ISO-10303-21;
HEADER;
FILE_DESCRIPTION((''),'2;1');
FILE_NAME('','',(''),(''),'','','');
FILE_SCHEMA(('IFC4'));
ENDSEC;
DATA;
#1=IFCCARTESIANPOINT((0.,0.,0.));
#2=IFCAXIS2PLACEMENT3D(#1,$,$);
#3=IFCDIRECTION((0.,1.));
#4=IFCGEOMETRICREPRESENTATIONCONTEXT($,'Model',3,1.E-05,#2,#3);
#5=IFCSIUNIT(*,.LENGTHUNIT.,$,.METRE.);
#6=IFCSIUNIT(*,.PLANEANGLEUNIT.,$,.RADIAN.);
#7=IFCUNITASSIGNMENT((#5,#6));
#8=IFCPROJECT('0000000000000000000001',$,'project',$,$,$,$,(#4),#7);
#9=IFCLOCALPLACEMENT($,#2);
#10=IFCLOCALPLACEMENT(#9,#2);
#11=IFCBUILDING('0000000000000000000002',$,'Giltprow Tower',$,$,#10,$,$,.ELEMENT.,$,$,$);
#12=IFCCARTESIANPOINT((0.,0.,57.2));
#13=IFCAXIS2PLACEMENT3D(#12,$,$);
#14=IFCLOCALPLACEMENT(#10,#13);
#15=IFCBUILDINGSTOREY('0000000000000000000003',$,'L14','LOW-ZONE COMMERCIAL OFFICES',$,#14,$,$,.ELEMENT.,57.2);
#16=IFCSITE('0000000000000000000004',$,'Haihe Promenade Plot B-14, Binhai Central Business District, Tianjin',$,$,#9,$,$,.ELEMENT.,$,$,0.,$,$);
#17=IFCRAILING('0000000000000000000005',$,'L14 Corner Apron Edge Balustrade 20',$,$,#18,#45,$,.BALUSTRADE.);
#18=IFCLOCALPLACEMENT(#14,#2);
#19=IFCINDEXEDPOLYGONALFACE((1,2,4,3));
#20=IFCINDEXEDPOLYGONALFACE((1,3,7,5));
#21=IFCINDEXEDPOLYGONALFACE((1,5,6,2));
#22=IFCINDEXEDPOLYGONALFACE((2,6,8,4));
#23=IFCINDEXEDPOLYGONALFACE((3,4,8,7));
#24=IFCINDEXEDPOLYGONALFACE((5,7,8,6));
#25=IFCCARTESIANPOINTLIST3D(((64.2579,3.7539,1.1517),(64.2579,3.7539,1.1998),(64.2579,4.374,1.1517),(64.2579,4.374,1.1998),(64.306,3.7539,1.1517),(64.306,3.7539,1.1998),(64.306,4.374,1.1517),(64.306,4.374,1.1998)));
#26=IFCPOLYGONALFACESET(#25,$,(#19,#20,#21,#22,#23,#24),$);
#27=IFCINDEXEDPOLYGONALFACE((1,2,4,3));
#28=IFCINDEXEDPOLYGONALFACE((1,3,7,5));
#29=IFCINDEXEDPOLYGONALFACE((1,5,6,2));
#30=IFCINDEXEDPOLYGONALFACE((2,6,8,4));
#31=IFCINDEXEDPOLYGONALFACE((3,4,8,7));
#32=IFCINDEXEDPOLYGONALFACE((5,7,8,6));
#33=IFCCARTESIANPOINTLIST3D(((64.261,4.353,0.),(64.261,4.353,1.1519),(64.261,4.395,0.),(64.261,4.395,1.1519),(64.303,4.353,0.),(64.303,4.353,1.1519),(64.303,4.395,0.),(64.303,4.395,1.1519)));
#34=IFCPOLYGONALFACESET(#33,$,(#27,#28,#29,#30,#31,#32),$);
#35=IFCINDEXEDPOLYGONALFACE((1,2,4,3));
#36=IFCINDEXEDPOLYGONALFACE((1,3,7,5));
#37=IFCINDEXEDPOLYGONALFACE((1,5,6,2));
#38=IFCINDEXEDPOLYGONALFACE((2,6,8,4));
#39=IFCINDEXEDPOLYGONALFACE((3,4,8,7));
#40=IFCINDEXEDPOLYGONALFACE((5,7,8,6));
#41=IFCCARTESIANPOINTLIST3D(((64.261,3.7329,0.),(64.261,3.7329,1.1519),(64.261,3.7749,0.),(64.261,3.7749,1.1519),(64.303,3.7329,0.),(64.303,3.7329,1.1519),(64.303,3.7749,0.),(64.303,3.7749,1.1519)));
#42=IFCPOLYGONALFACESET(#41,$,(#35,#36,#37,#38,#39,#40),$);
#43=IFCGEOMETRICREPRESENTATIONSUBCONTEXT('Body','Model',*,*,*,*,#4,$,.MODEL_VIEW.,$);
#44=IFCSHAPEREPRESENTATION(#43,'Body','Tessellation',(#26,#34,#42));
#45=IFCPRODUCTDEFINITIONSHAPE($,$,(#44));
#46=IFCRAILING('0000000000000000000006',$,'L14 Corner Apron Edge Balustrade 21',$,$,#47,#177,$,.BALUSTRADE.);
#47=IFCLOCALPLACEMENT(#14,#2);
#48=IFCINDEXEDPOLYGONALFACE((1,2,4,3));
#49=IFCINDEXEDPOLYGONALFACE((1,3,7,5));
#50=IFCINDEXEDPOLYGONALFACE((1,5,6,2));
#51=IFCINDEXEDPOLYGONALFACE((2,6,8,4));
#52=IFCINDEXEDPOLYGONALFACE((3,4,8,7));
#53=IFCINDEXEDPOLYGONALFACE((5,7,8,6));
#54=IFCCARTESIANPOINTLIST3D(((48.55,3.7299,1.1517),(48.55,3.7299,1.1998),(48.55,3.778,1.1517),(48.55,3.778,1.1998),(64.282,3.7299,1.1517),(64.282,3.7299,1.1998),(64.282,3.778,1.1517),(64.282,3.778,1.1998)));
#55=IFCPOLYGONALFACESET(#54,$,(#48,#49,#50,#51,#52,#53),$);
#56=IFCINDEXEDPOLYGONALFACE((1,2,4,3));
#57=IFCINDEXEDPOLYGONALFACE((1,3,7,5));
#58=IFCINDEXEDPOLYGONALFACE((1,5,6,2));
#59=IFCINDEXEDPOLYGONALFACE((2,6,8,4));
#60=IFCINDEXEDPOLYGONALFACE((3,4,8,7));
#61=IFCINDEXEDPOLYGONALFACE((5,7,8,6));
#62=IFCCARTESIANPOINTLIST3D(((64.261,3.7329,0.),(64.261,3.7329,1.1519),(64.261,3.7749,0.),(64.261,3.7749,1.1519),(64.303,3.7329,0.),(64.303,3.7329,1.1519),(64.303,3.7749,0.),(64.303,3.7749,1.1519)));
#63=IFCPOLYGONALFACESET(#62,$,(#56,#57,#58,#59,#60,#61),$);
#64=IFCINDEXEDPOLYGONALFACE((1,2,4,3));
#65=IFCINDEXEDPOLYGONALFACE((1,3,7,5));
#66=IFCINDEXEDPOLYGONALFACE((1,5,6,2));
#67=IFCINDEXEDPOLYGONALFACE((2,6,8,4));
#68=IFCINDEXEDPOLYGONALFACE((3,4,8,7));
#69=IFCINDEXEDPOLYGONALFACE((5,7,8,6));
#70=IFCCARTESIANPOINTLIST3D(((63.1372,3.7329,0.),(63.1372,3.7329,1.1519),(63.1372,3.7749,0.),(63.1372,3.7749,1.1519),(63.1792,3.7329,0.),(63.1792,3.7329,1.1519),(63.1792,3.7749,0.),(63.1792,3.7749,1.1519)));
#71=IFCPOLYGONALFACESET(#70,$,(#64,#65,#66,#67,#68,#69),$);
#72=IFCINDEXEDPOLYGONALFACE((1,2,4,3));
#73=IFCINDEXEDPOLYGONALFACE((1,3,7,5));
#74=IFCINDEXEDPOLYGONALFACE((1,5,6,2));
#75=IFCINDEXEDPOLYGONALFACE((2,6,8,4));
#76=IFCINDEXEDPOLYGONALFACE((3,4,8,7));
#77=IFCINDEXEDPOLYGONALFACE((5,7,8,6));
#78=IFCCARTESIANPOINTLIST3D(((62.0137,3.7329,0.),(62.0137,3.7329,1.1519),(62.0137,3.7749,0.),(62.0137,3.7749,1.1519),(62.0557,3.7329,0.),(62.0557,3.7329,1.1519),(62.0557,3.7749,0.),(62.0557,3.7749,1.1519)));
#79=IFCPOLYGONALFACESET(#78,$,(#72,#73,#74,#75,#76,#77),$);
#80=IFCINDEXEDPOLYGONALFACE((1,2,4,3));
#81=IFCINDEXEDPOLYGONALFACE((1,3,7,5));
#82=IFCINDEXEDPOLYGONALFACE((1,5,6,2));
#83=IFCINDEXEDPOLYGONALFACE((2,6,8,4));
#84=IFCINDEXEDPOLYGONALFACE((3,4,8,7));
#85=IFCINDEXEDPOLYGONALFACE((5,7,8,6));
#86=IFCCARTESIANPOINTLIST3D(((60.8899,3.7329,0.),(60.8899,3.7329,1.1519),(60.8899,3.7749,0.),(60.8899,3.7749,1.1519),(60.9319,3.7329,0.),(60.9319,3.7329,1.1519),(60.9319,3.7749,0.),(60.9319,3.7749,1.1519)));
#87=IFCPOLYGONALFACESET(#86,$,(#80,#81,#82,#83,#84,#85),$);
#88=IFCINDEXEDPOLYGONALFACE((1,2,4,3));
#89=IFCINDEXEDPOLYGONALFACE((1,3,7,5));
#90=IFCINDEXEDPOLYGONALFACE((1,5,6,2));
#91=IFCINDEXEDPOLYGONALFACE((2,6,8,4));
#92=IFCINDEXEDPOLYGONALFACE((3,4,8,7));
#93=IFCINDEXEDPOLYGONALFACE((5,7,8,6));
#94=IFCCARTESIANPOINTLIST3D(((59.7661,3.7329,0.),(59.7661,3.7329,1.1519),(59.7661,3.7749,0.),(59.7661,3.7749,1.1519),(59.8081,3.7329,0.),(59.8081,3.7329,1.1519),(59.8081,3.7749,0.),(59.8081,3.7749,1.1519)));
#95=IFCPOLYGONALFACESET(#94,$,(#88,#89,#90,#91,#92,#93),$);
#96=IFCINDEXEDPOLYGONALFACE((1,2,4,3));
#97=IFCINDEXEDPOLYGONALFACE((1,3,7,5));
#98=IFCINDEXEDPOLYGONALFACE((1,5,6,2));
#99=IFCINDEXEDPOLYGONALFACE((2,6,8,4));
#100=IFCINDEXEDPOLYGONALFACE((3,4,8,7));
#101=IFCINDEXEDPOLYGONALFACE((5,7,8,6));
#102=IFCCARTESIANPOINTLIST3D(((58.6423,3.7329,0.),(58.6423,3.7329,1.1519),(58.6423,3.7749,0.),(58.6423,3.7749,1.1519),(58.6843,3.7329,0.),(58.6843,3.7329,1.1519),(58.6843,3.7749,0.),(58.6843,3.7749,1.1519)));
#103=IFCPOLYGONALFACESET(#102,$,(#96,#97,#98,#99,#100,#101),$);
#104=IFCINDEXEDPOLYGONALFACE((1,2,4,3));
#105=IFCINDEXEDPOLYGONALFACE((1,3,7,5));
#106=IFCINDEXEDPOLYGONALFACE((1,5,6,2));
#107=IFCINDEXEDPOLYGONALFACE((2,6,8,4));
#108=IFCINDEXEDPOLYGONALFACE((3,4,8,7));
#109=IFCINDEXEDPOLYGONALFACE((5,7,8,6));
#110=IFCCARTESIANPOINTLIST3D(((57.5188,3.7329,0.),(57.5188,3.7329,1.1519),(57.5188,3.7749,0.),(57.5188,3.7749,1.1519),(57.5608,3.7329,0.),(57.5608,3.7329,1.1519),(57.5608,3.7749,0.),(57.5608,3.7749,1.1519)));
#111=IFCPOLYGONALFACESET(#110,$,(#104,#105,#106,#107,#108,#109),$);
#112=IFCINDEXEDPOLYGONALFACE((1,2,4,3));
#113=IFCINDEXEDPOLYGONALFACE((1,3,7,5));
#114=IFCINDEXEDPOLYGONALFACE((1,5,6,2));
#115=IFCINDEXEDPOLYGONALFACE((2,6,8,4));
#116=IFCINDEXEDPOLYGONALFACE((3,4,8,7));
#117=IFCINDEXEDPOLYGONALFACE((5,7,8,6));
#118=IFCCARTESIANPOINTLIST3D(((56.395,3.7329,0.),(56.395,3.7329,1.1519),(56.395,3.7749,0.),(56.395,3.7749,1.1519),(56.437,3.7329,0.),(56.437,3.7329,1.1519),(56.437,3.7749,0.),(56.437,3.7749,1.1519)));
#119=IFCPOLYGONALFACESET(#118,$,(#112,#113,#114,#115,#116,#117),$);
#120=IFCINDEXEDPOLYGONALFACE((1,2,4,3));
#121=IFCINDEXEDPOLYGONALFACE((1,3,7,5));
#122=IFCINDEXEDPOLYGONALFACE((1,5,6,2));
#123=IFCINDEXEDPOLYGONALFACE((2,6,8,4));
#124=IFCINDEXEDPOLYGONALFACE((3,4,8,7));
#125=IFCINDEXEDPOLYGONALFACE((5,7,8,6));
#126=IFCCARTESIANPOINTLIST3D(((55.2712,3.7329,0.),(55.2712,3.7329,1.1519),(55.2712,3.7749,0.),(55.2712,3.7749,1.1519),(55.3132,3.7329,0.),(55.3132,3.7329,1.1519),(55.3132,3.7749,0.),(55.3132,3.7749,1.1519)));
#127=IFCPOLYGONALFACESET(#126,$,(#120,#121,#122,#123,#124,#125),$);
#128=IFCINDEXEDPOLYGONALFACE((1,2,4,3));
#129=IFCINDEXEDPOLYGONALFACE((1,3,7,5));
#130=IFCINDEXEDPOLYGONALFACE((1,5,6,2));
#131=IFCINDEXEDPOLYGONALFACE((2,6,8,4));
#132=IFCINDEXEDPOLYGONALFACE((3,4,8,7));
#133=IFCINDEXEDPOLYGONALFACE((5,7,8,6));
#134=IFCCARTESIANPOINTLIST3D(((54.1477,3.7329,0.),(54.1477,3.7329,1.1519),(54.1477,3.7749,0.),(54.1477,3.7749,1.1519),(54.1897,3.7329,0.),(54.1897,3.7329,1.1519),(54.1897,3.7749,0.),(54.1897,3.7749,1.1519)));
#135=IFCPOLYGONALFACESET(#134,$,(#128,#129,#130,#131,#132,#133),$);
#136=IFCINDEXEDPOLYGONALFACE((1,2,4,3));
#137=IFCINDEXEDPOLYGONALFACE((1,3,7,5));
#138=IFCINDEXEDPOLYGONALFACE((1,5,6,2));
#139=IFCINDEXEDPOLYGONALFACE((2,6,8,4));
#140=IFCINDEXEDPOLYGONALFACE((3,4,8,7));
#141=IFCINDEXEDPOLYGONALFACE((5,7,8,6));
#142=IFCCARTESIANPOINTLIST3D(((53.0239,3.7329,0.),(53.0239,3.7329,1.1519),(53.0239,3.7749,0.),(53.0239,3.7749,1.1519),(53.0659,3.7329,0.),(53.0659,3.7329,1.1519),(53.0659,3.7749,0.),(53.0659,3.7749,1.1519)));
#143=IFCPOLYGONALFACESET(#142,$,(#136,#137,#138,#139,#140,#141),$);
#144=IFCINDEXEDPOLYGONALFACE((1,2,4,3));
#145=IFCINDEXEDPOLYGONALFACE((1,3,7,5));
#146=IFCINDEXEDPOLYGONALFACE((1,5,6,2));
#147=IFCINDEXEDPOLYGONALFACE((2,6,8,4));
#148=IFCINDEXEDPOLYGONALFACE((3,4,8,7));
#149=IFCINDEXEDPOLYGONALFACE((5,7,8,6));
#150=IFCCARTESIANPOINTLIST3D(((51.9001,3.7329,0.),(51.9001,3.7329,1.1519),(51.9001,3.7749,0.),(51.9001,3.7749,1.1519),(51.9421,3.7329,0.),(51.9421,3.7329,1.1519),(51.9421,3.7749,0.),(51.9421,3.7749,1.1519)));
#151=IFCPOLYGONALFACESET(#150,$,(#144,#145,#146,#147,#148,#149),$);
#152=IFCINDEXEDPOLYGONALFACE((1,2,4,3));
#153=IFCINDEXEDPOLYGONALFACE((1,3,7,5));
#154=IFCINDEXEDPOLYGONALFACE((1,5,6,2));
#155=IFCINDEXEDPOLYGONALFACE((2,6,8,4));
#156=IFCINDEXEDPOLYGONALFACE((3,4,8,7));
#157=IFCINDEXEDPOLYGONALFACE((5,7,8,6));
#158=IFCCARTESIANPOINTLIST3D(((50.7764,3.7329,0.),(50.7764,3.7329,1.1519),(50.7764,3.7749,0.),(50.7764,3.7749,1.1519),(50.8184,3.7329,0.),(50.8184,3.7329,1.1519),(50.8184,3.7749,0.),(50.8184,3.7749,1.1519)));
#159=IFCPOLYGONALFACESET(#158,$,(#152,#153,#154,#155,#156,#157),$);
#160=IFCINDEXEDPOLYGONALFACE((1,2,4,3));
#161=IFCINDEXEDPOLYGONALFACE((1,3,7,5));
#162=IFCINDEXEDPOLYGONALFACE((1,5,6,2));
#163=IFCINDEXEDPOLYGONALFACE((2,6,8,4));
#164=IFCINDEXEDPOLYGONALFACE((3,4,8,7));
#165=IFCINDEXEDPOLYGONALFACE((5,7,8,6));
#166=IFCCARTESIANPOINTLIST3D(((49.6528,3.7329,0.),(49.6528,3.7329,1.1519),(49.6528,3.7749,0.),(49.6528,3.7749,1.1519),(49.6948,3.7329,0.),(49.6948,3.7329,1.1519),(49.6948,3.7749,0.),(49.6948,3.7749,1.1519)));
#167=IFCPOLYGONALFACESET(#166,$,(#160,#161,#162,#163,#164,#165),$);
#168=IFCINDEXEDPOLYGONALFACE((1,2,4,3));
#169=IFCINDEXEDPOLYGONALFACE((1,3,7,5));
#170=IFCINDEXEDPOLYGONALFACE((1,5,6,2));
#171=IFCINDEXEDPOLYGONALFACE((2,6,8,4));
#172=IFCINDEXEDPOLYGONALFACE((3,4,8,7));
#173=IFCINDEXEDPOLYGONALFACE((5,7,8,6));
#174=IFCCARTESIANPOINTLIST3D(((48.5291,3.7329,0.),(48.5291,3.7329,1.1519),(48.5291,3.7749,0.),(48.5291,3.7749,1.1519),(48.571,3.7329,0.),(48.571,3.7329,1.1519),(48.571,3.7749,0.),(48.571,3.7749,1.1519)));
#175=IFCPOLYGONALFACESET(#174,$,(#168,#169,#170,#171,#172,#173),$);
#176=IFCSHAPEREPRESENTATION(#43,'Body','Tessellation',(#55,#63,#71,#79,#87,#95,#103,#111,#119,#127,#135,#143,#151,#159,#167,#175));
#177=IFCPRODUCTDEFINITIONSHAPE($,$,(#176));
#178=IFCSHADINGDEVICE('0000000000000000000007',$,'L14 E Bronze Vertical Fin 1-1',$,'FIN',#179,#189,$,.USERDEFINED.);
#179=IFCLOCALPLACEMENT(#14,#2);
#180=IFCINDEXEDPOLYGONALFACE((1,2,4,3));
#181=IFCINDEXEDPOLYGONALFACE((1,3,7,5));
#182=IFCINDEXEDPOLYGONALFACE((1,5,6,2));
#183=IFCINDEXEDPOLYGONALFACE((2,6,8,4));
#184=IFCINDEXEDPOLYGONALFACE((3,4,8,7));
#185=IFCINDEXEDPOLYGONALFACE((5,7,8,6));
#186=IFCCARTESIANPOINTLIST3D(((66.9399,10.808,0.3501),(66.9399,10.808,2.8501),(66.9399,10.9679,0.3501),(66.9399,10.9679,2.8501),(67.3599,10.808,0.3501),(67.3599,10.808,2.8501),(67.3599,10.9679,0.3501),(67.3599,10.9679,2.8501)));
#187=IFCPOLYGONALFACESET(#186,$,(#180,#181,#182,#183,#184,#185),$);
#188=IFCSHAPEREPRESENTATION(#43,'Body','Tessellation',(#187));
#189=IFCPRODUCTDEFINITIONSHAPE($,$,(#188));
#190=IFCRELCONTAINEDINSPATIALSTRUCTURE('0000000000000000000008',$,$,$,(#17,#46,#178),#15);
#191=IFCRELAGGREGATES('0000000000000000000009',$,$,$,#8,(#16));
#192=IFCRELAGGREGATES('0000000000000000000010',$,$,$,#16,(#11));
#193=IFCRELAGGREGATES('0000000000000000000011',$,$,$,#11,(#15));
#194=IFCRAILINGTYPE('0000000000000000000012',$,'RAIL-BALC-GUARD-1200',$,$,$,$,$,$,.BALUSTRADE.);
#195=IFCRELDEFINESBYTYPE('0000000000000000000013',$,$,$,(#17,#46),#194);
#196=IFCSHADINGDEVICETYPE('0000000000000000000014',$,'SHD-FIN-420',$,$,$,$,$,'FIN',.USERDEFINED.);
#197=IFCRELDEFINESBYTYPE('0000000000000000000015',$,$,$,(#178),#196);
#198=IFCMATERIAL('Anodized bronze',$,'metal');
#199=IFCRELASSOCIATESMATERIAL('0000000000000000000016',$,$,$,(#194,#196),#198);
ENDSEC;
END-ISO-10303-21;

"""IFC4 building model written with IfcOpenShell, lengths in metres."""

from ifc_helpers import new_model, si_unit, direction, frame, origin, origin_2d, place, context, subcontext, project, spatial, rectangle, extrude, source, transform, mapped, material, type_object, element, save


model = new_model("IFC4")

# Units and contexts
model_context = context("Model", 3, precision=1e-05, world=origin(), true_north=direction((0.0, 1.0)))
body_context = subcontext(model_context, "Body", "Model", "MODEL_VIEW")
ifc_project = project(units=[si_unit("LENGTHUNIT", "METRE"), si_unit("PLANEANGLEUNIT", "RADIAN")], contexts=[model_context])

# Site, building, storey
site_placement = place(None, origin())
site = spatial("IfcSite", under=ifc_project, at=site_placement, Name="Haihe Promenade Plot B-14, Binhai Central Business District, Tianjin", CompositionType="ELEMENT", RefElevation=0.0)
building_placement = place(site_placement, origin())
building = spatial("IfcBuilding", under=site, at=building_placement, Name="Giltprow Tower", CompositionType="ELEMENT")
storey_placement = place(building_placement, frame((0.0, 0.0, 57.2)))
storey = spatial("IfcBuildingStorey", under=building, at=storey_placement, Name="L14", Description="LOW-ZONE COMMERCIAL OFFICES", CompositionType="ELEMENT", Elevation=57.2)

# Shared definitions
ifc_material_1 = material(Name="Anodized bronze", Category="metal")

# Railings
railing_type = type_object("IfcRailingType", Name="RAIL-BALC-GUARD-1200", PredefinedType="BALUSTRADE", material=ifc_material_1)
railing_1_placement = place(storey_placement, frame((64.282, 4.374, 0.0)))
element("IfcRailing", 1, at=railing_1_placement, inside=storey, type_object=railing_type, Name="L14 Corner Apron Edge Balustrade 20", PredefinedType="BALUSTRADE", context=body_context, shape_type="SweptSolid", body=[
    extrude(rectangle(XDim=0.0481, YDim=0.0481, at=origin_2d()), frame((0.0, 0.0, 1.1758), z_axis=(0.0, -1.0, 0.0), x_axis=(1.0, 0.0, 0.0)), (0.0, 0.0, 1.0), 0.6201),
    extrude(rectangle(XDim=0.042, YDim=0.042, at=origin_2d()), origin(), (0.0, 0.0, 1.0), 1.1519),
    extrude(rectangle(XDim=0.042, YDim=0.042, at=origin_2d()), frame((0.0, -0.6201, 0.0)), (0.0, 0.0, 1.0), 1.1519),
])
railing_2_placement = place(storey_placement, frame((64.282, 3.7539, 0.0)))
element("IfcRailing", 2, at=railing_2_placement, inside=storey, type_object=railing_type, Name="L14 Corner Apron Edge Balustrade 21", PredefinedType="BALUSTRADE", context=body_context, shape_type="SweptSolid", body=[
    extrude(rectangle(XDim=0.0481, YDim=0.0481, at=origin_2d()), frame((0.0, 0.0, 1.1758), z_axis=(-1.0, 0.0, 0.0), x_axis=(0.0, -1.0, 0.0)), (0.0, 0.0, 1.0), 15.7319),
    extrude(rectangle(XDim=0.042, YDim=0.042, at=origin_2d()), origin(), (0.0, 0.0, 1.0), 1.1519),
    extrude(rectangle(XDim=0.042, YDim=0.042, at=origin_2d()), frame((-1.1238, 0.0, 0.0)), (0.0, 0.0, 1.0), 1.1519),
    extrude(rectangle(XDim=0.042, YDim=0.042, at=origin_2d()), frame((-2.2473, 0.0, 0.0)), (0.0, 0.0, 1.0), 1.1519),
    extrude(rectangle(XDim=0.042, YDim=0.042, at=origin_2d()), frame((-3.3711, 0.0, 0.0)), (0.0, 0.0, 1.0), 1.1519),
    extrude(rectangle(XDim=0.042, YDim=0.042, at=origin_2d()), frame((-4.4949, 0.0, 0.0)), (0.0, 0.0, 1.0), 1.1519),
    extrude(rectangle(XDim=0.042, YDim=0.042, at=origin_2d()), frame((-5.6187, 0.0, 0.0)), (0.0, 0.0, 1.0), 1.1519),
    extrude(rectangle(XDim=0.042, YDim=0.042, at=origin_2d()), frame((-6.7422, 0.0, 0.0)), (0.0, 0.0, 1.0), 1.1519),
    extrude(rectangle(XDim=0.042, YDim=0.042, at=origin_2d()), frame((-7.866, 0.0, 0.0)), (0.0, 0.0, 1.0), 1.1519),
    extrude(rectangle(XDim=0.042, YDim=0.042, at=origin_2d()), frame((-8.9897, 0.0, 0.0)), (0.0, 0.0, 1.0), 1.1519),
    extrude(rectangle(XDim=0.042, YDim=0.042, at=origin_2d()), frame((-10.1133, 0.0, 0.0)), (0.0, 0.0, 1.0), 1.1519),
    extrude(rectangle(XDim=0.042, YDim=0.042, at=origin_2d()), frame((-11.2371, 0.0, 0.0)), (0.0, 0.0, 1.0), 1.1519),
    extrude(rectangle(XDim=0.042, YDim=0.042, at=origin_2d()), frame((-12.3608, 0.0, 0.0)), (0.0, 0.0, 1.0), 1.1519),
    extrude(rectangle(XDim=0.042, YDim=0.042, at=origin_2d()), frame((-13.4846, 0.0, 0.0)), (0.0, 0.0, 1.0), 1.1519),
    extrude(rectangle(XDim=0.042, YDim=0.042, at=origin_2d()), frame((-14.6082, 0.0, 0.0)), (0.0, 0.0, 1.0), 1.1519),
    extrude(rectangle(XDim=0.042, YDim=0.042, at=origin_2d()), frame((-15.7319, 0.0, 0.0)), (0.0, 0.0, 1.0), 1.1519),
])

# Shading device
shading_device_type = type_object("IfcShadingDeviceType", Name="SHD-FIN-420", ElementType="FIN", PredefinedType="USERDEFINED", material=ifc_material_1)
shared_shape_1 = source(origin(), body_context, "Body", "SweptSolid", [
    extrude(rectangle(XDim=0.4199, YDim=0.1599, at=origin_2d()), origin(), (0.0, 0.0, 1.0), 2.5),
])
shading_device_placement = place(storey_placement, frame((67.1499, 10.8879, 0.3501), z_axis=(0.0, 0.0, 1.0), x_axis=(1.0, 0.0, 0.0)))
element("IfcShadingDevice", 3, at=shading_device_placement, inside=storey, type_object=shading_device_type, Name="L14 E Bronze Vertical Fin 1-1", ObjectType="FIN", PredefinedType="USERDEFINED", context=body_context, shape_type="MappedRepresentation", body=[
    mapped(shared_shape_1, transform((0.0, 0.0, 0.0), x_axis=(1.0, 0.0, 0.0), y_axis=(0.0, 1.0, 0.0), z_axis=(0.0, 0.0, 1.0), scale=1.0)),
])

save(model, "model.ifc")
